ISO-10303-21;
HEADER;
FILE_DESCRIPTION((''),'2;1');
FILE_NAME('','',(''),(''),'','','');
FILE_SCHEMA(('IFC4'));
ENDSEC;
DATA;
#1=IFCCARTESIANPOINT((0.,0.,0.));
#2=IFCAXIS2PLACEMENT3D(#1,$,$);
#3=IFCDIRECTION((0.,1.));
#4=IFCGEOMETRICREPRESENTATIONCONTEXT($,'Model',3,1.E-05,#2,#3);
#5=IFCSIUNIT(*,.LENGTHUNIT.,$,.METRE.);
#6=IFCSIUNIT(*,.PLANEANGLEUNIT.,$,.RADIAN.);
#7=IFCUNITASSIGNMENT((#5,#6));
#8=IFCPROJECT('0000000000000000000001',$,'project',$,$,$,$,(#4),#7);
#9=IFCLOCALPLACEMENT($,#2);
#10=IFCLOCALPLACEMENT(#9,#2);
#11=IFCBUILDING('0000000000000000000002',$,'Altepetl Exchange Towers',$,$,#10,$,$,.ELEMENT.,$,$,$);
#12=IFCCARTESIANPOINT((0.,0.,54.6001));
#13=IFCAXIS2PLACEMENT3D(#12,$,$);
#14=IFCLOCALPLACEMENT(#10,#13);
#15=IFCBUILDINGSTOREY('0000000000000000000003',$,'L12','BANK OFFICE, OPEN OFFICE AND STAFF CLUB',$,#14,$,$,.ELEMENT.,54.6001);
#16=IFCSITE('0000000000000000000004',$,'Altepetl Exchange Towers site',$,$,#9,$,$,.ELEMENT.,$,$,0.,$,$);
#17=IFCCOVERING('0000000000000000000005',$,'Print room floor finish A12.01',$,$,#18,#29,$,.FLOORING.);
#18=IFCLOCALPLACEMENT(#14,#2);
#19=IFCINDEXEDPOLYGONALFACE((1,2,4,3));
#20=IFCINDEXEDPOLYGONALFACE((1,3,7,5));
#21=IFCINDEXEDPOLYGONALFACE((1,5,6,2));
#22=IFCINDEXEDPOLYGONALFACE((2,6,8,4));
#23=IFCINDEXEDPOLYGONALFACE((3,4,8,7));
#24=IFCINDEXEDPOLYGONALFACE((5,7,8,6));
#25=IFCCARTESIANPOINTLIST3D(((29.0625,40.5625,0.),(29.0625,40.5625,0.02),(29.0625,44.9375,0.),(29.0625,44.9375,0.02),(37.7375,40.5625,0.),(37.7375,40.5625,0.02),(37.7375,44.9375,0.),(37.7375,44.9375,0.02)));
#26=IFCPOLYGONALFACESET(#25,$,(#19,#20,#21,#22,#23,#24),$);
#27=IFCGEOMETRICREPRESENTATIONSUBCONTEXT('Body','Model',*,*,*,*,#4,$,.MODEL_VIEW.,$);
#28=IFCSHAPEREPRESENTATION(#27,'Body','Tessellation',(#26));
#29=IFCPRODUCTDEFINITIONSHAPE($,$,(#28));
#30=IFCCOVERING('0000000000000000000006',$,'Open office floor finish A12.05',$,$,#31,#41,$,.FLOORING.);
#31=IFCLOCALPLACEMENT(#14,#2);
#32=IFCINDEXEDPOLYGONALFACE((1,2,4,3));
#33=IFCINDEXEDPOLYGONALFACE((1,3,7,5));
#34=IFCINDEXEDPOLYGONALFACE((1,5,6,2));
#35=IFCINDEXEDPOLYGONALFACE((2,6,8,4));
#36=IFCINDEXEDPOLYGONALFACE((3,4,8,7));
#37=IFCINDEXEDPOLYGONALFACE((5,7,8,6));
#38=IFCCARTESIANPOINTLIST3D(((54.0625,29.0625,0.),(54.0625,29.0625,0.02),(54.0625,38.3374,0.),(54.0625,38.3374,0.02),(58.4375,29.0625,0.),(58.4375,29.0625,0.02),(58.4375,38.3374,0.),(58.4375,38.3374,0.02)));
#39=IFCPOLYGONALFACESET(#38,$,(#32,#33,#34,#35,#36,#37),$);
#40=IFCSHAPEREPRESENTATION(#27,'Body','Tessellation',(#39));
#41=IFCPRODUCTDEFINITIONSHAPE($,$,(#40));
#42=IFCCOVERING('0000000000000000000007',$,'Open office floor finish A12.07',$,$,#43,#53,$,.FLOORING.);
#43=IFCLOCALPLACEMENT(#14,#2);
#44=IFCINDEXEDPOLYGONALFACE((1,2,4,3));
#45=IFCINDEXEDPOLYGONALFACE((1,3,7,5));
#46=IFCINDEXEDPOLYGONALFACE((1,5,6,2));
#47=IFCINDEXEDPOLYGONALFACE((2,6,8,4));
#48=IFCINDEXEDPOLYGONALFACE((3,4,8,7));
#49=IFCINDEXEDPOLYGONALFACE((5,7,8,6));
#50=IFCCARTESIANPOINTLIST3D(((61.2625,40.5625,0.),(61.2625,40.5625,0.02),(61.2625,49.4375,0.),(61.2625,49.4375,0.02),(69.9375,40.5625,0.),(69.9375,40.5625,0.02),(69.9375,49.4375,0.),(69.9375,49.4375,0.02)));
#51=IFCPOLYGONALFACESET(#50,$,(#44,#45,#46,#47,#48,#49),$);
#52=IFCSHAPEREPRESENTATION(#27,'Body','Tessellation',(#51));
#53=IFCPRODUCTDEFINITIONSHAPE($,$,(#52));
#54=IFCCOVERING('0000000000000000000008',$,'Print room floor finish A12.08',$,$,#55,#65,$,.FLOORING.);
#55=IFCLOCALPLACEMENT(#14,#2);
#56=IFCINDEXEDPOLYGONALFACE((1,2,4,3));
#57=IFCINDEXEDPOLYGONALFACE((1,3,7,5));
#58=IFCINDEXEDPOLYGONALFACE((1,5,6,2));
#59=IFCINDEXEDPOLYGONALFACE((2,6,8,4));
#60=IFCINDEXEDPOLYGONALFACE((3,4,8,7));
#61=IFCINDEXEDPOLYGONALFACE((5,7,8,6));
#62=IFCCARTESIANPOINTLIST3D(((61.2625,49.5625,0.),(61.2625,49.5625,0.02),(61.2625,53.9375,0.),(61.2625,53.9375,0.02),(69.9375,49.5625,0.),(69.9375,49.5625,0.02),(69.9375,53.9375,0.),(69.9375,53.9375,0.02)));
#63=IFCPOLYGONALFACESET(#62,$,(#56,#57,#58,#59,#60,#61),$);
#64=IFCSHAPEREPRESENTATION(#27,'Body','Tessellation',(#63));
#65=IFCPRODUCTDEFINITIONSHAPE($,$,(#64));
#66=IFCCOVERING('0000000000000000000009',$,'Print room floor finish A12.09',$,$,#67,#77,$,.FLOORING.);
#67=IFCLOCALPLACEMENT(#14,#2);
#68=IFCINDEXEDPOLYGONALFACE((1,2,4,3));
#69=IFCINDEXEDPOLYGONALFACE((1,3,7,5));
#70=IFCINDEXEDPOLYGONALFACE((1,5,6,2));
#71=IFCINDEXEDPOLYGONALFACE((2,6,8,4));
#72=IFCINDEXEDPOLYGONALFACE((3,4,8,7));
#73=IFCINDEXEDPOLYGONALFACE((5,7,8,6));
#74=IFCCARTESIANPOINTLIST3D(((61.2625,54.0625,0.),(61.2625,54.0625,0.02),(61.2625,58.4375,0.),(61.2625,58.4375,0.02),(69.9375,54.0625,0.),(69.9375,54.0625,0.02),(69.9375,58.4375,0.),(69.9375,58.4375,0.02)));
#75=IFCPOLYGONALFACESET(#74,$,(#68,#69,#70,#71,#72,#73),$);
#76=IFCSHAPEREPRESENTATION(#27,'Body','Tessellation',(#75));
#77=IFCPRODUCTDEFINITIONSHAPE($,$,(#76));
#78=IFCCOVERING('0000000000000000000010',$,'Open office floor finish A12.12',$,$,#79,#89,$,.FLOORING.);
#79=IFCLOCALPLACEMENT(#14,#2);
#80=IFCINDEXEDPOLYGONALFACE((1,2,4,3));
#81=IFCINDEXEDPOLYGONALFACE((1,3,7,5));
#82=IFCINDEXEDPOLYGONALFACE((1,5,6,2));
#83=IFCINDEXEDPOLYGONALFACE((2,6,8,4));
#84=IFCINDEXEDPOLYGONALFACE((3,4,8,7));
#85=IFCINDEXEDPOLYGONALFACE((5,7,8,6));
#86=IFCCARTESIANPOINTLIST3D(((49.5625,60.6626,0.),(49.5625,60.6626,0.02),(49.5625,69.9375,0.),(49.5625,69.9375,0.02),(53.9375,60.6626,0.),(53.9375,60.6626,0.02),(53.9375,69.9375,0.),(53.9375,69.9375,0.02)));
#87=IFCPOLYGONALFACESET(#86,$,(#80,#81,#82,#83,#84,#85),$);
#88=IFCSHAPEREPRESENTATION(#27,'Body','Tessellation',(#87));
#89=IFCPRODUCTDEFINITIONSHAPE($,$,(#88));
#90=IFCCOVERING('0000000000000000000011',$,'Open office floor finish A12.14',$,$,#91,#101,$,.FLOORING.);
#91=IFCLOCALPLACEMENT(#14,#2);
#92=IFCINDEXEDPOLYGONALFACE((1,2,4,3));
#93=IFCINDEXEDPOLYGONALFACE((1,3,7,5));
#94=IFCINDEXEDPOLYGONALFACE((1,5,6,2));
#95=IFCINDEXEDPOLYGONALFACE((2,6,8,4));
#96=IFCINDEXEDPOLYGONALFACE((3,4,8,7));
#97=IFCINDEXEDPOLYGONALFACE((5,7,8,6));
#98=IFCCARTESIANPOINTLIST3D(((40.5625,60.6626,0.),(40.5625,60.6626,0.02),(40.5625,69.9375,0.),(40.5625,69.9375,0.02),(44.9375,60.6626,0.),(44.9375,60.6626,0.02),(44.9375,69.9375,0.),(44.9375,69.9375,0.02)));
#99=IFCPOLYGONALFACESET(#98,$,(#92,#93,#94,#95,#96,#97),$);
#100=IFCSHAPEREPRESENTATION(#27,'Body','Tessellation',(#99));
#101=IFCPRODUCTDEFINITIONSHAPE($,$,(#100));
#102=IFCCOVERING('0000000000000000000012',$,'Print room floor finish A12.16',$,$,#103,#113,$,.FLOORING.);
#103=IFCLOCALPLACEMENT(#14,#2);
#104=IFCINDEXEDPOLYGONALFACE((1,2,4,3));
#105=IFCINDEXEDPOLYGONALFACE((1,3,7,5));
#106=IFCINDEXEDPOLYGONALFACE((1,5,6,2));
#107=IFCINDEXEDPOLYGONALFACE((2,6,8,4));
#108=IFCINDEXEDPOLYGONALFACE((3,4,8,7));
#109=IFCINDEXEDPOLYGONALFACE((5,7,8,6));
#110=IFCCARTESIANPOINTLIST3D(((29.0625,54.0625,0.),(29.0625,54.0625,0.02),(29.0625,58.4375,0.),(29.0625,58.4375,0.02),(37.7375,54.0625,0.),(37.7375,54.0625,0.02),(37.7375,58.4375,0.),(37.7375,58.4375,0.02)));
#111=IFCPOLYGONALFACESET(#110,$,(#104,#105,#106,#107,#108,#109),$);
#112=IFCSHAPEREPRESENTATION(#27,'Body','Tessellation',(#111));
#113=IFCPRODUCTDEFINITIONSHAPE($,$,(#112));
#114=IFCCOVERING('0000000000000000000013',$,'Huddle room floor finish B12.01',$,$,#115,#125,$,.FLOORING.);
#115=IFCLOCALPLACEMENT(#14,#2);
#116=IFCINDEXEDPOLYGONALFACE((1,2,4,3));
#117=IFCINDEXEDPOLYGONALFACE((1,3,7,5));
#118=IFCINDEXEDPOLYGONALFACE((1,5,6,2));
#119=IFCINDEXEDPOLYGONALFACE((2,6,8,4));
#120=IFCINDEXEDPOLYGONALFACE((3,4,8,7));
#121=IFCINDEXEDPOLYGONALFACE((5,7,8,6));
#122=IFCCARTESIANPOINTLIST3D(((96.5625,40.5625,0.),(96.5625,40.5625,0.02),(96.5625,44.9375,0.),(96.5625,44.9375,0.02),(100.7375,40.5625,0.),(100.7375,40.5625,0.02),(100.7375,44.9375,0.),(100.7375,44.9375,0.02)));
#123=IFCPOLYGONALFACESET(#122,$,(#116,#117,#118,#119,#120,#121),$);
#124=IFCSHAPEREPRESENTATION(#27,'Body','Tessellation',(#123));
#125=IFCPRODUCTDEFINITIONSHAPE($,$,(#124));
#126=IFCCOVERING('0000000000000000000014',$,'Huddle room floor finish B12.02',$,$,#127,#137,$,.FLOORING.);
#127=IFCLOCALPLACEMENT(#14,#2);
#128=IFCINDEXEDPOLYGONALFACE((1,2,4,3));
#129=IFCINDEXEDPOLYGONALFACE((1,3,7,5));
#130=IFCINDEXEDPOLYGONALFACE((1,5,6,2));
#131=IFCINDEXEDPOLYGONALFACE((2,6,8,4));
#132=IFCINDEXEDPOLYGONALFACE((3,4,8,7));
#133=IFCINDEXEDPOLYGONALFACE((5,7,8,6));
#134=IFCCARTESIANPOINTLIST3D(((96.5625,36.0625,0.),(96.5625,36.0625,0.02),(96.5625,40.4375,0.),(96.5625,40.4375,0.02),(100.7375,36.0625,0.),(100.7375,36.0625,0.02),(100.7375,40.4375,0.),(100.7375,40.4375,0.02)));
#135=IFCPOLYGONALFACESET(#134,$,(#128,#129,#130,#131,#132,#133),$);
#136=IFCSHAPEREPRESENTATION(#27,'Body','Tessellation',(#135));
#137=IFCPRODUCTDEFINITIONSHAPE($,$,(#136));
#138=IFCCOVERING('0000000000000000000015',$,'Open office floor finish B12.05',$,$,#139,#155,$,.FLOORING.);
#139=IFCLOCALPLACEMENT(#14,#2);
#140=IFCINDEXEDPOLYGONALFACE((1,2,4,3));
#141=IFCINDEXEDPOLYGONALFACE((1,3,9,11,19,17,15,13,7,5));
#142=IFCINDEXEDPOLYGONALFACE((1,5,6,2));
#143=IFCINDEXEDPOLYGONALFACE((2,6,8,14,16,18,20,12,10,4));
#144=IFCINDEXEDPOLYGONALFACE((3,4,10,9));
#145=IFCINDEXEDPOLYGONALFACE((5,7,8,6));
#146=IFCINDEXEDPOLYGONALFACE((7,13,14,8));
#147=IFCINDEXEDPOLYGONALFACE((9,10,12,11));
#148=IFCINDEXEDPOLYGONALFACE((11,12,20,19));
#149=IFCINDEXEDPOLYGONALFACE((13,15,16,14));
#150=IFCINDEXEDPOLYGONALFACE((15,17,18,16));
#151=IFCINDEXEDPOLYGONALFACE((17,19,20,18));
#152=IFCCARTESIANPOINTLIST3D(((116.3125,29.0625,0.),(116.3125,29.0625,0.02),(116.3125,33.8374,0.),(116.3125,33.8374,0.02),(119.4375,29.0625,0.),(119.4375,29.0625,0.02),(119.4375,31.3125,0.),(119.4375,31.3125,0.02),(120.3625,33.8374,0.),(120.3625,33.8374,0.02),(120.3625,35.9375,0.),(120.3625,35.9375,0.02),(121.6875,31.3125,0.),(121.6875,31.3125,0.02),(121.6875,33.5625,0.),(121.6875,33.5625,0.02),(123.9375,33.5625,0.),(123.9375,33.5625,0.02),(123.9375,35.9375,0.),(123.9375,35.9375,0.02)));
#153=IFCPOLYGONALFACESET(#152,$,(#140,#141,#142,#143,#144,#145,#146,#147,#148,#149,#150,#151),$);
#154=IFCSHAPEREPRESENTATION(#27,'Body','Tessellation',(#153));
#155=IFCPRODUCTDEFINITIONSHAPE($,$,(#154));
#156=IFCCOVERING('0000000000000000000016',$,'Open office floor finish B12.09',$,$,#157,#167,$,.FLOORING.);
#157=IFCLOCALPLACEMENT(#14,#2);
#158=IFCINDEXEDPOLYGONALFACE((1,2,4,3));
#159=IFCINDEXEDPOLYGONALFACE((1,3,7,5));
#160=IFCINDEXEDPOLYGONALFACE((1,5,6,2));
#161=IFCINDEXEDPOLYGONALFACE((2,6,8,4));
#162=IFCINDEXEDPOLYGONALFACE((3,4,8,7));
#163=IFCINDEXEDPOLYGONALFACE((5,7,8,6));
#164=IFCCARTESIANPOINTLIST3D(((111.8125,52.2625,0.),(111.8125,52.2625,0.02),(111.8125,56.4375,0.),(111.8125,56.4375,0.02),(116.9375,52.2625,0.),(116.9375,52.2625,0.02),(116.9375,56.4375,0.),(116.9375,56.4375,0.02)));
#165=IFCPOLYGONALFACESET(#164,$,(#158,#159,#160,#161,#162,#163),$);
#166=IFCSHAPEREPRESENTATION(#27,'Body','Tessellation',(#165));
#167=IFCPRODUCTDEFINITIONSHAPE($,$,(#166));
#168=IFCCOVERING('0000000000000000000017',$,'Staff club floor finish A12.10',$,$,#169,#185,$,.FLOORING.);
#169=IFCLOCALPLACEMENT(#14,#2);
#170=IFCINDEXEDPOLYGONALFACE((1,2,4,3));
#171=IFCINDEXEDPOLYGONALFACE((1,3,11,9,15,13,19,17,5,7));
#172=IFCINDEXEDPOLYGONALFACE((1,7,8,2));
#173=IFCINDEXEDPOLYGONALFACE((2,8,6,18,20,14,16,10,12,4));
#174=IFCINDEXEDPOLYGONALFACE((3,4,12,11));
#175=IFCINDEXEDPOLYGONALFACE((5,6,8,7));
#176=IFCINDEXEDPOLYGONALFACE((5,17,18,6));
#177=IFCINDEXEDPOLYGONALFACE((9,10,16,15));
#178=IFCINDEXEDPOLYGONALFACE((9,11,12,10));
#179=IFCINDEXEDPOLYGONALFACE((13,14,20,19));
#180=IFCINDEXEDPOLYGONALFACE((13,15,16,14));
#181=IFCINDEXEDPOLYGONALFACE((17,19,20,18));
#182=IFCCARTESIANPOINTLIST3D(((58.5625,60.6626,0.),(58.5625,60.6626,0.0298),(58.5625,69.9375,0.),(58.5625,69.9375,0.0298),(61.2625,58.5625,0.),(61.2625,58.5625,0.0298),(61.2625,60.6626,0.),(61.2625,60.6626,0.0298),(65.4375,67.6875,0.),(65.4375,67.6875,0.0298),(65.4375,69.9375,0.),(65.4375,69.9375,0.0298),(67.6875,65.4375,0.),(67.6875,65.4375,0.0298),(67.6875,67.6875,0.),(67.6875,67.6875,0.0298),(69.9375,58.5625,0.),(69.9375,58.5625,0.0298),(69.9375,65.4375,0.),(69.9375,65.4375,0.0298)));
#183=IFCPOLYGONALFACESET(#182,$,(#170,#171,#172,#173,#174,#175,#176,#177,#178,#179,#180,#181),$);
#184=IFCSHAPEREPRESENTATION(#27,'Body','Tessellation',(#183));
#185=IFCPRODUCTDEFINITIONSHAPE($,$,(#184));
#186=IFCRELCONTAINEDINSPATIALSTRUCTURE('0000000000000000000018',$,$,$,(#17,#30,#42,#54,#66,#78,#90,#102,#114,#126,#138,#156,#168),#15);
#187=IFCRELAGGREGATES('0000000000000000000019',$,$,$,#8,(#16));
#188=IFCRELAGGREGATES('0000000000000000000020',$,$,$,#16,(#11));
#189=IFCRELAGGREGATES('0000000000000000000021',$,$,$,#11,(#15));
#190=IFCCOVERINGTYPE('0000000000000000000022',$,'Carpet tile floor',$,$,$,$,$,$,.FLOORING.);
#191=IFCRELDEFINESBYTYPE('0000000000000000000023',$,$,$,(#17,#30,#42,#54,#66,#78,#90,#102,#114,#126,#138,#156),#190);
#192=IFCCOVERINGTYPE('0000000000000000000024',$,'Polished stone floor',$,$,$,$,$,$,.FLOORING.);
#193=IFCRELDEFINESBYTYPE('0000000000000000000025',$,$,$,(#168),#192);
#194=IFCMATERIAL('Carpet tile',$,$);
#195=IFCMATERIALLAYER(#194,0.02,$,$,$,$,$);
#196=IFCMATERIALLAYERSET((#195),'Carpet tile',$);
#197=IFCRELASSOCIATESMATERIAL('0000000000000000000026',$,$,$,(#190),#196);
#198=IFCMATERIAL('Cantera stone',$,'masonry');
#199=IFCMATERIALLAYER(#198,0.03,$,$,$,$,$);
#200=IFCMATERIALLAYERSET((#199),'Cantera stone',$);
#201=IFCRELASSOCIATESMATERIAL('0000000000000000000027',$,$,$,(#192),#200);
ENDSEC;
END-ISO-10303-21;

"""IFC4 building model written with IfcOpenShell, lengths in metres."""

from ifc_helpers import new_model, si_unit, direction, frame, origin, place, context, subcontext, project, spatial, polyline, outline, extrude, material, layer, layer_set, type_object, element, save


model = new_model("IFC4")

# Units and contexts
model_context = context("Model", 3, precision=1e-05, world=origin(), true_north=direction((0.0, 1.0)))
body_context = subcontext(model_context, "Body", "Model", "MODEL_VIEW")
ifc_project = project(units=[si_unit("LENGTHUNIT", "METRE"), si_unit("PLANEANGLEUNIT", "RADIAN")], contexts=[model_context])

# Site, building, storey
site_placement = place(None, origin())
site = spatial("IfcSite", under=ifc_project, at=site_placement, Name="Altepetl Exchange Towers site", CompositionType="ELEMENT", RefElevation=0.0)
building_placement = place(site_placement, origin())
building = spatial("IfcBuilding", under=site, at=building_placement, Name="Altepetl Exchange Towers", CompositionType="ELEMENT")
storey_placement = place(building_placement, frame((0.0, 0.0, 54.6001)))
storey = spatial("IfcBuildingStorey", under=building, at=storey_placement, Name="L12", Description="BANK OFFICE, OPEN OFFICE AND STAFF CLUB", CompositionType="ELEMENT", Elevation=54.6001)

# Coverings
ifc_material_1 = material(Name="Carpet tile")
ifc_layer_1 = layer(ifc_material_1, 0.02)
ifc_layer_set_1 = layer_set([ifc_layer_1], Name="Carpet tile")
covering_type_1 = type_object("IfcCoveringType", Name="Carpet tile floor", PredefinedType="FLOORING", material=ifc_layer_set_1)
covering_1_placement = place(storey_placement, origin())
element("IfcCovering", 1, at=covering_1_placement, inside=storey, type_object=covering_type_1, Name="Print room floor finish A12.01", PredefinedType="FLOORING", context=body_context, shape_type="SweptSolid", body=[
    extrude(outline(polyline([(37.7375, 44.9375), (29.0625, 44.9375), (29.0625, 40.5625), (37.7375, 40.5625), (37.7375, 44.9375)])), origin(), (0.0, 0.0, 1.0), 0.02),
])
covering_2_placement = place(storey_placement, origin())
element("IfcCovering", 2, at=covering_2_placement, inside=storey, type_object=covering_type_1, Name="Open office floor finish A12.05", PredefinedType="FLOORING", context=body_context, shape_type="SweptSolid", body=[
    extrude(outline(polyline([(58.4375, 29.0625), (58.4375, 38.3374), (54.0625, 38.3374), (54.0625, 29.0625), (58.4375, 29.0625)])), origin(), (0.0, 0.0, 1.0), 0.02),
])
covering_3_placement = place(storey_placement, origin())
element("IfcCovering", 3, at=covering_3_placement, inside=storey, type_object=covering_type_1, Name="Open office floor finish A12.07", PredefinedType="FLOORING", context=body_context, shape_type="SweptSolid", body=[
    extrude(outline(polyline([(69.9375, 49.4375), (61.2625, 49.4375), (61.2625, 40.5625), (69.9375, 40.5625), (69.9375, 49.4375)])), origin(), (0.0, 0.0, 1.0), 0.02),
])
covering_4_placement = place(storey_placement, origin())
element("IfcCovering", 4, at=covering_4_placement, inside=storey, type_object=covering_type_1, Name="Print room floor finish A12.08", PredefinedType="FLOORING", context=body_context, shape_type="SweptSolid", body=[
    extrude(outline(polyline([(69.9375, 53.9375), (61.2625, 53.9375), (61.2625, 49.5625), (69.9375, 49.5625), (69.9375, 53.9375)])), origin(), (0.0, 0.0, 1.0), 0.02),
])
covering_5_placement = place(storey_placement, origin())
element("IfcCovering", 5, at=covering_5_placement, inside=storey, type_object=covering_type_1, Name="Print room floor finish A12.09", PredefinedType="FLOORING", context=body_context, shape_type="SweptSolid", body=[
    extrude(outline(polyline([(69.9375, 58.4375), (61.2625, 58.4375), (61.2625, 54.0625), (69.9375, 54.0625), (69.9375, 58.4375)])), origin(), (0.0, 0.0, 1.0), 0.02),
])
covering_6_placement = place(storey_placement, origin())
element("IfcCovering", 6, at=covering_6_placement, inside=storey, type_object=covering_type_1, Name="Open office floor finish A12.12", PredefinedType="FLOORING", context=body_context, shape_type="SweptSolid", body=[
    extrude(outline(polyline([(49.5625, 69.9375), (49.5625, 60.6626), (53.9375, 60.6626), (53.9375, 69.9375), (49.5625, 69.9375)])), origin(), (0.0, 0.0, 1.0), 0.02),
])
covering_7_placement = place(storey_placement, origin())
element("IfcCovering", 7, at=covering_7_placement, inside=storey, type_object=covering_type_1, Name="Open office floor finish A12.14", PredefinedType="FLOORING", context=body_context, shape_type="SweptSolid", body=[
    extrude(outline(polyline([(40.5625, 69.9375), (40.5625, 60.6626), (44.9375, 60.6626), (44.9375, 69.9375), (40.5625, 69.9375)])), origin(), (0.0, 0.0, 1.0), 0.02),
])
covering_8_placement = place(storey_placement, origin())
element("IfcCovering", 8, at=covering_8_placement, inside=storey, type_object=covering_type_1, Name="Print room floor finish A12.16", PredefinedType="FLOORING", context=body_context, shape_type="SweptSolid", body=[
    extrude(outline(polyline([(37.7375, 58.4375), (29.0625, 58.4375), (29.0625, 54.0625), (37.7375, 54.0625), (37.7375, 58.4375)])), origin(), (0.0, 0.0, 1.0), 0.02),
])
covering_9_placement = place(storey_placement, origin())
element("IfcCovering", 9, at=covering_9_placement, inside=storey, type_object=covering_type_1, Name="Huddle room floor finish B12.01", PredefinedType="FLOORING", context=body_context, shape_type="SweptSolid", body=[
    extrude(outline(polyline([(100.7375, 44.9375), (96.5625, 44.9375), (96.5625, 40.5625), (100.7375, 40.5625), (100.7375, 44.9375)])), origin(), (0.0, 0.0, 1.0), 0.02),
])
covering_10_placement = place(storey_placement, origin())
element("IfcCovering", 10, at=covering_10_placement, inside=storey, type_object=covering_type_1, Name="Huddle room floor finish B12.02", PredefinedType="FLOORING", context=body_context, shape_type="SweptSolid", body=[
    extrude(outline(polyline([(100.7375, 40.4375), (96.5625, 40.4375), (96.5625, 36.0625), (100.7375, 36.0625), (100.7375, 40.4375)])), origin(), (0.0, 0.0, 1.0), 0.02),
])
covering_11_placement = place(storey_placement, origin())
element("IfcCovering", 11, at=covering_11_placement, inside=storey, type_object=covering_type_1, Name="Open office floor finish B12.05", PredefinedType="FLOORING", context=body_context, shape_type="SweptSolid", body=[
    extrude(outline(polyline([(116.3125, 33.8374), (116.3125, 29.0625), (119.4375, 29.0625), (119.4375, 31.3125), (121.6875, 31.3125), (121.6875, 33.5625), (123.9375, 33.5625), (123.9375, 35.9375), (120.3625, 35.9375), (120.3625, 33.8374), (116.3125, 33.8374)])), origin(), (0.0, 0.0, 1.0), 0.02),
])
covering_12_placement = place(storey_placement, origin())
element("IfcCovering", 12, at=covering_12_placement, inside=storey, type_object=covering_type_1, Name="Open office floor finish B12.09", PredefinedType="FLOORING", context=body_context, shape_type="SweptSolid", body=[
    extrude(outline(polyline([(111.8125, 52.2625), (116.9375, 52.2625), (116.9375, 56.4375), (111.8125, 56.4375), (111.8125, 52.2625)])), origin(), (0.0, 0.0, 1.0), 0.02),
])
ifc_material_2 = material(Name="Cantera stone", Category="masonry")
ifc_layer_2 = layer(ifc_material_2, 0.03)
ifc_layer_set_2 = layer_set([ifc_layer_2], Name="Cantera stone")
covering_type_2 = type_object("IfcCoveringType", Name="Polished stone floor", PredefinedType="FLOORING", material=ifc_layer_set_2)
covering_13_placement = place(storey_placement, origin())
element("IfcCovering", 13, at=covering_13_placement, inside=storey, type_object=covering_type_2, Name="Staff club floor finish A12.10", PredefinedType="FLOORING", context=body_context, shape_type="SweptSolid", body=[
    extrude(outline(polyline([(65.4375, 69.9375), (58.5625, 69.9375), (58.5625, 60.6626), (61.2625, 60.6626), (61.2625, 58.5625), (69.9375, 58.5625), (69.9375, 65.4375), (67.6875, 65.4375), (67.6875, 67.6875), (65.4375, 67.6875), (65.4375, 69.9375)])), origin(), (0.0, 0.0, 1.0), 0.0298),
])

save(model, "model.ifc")
